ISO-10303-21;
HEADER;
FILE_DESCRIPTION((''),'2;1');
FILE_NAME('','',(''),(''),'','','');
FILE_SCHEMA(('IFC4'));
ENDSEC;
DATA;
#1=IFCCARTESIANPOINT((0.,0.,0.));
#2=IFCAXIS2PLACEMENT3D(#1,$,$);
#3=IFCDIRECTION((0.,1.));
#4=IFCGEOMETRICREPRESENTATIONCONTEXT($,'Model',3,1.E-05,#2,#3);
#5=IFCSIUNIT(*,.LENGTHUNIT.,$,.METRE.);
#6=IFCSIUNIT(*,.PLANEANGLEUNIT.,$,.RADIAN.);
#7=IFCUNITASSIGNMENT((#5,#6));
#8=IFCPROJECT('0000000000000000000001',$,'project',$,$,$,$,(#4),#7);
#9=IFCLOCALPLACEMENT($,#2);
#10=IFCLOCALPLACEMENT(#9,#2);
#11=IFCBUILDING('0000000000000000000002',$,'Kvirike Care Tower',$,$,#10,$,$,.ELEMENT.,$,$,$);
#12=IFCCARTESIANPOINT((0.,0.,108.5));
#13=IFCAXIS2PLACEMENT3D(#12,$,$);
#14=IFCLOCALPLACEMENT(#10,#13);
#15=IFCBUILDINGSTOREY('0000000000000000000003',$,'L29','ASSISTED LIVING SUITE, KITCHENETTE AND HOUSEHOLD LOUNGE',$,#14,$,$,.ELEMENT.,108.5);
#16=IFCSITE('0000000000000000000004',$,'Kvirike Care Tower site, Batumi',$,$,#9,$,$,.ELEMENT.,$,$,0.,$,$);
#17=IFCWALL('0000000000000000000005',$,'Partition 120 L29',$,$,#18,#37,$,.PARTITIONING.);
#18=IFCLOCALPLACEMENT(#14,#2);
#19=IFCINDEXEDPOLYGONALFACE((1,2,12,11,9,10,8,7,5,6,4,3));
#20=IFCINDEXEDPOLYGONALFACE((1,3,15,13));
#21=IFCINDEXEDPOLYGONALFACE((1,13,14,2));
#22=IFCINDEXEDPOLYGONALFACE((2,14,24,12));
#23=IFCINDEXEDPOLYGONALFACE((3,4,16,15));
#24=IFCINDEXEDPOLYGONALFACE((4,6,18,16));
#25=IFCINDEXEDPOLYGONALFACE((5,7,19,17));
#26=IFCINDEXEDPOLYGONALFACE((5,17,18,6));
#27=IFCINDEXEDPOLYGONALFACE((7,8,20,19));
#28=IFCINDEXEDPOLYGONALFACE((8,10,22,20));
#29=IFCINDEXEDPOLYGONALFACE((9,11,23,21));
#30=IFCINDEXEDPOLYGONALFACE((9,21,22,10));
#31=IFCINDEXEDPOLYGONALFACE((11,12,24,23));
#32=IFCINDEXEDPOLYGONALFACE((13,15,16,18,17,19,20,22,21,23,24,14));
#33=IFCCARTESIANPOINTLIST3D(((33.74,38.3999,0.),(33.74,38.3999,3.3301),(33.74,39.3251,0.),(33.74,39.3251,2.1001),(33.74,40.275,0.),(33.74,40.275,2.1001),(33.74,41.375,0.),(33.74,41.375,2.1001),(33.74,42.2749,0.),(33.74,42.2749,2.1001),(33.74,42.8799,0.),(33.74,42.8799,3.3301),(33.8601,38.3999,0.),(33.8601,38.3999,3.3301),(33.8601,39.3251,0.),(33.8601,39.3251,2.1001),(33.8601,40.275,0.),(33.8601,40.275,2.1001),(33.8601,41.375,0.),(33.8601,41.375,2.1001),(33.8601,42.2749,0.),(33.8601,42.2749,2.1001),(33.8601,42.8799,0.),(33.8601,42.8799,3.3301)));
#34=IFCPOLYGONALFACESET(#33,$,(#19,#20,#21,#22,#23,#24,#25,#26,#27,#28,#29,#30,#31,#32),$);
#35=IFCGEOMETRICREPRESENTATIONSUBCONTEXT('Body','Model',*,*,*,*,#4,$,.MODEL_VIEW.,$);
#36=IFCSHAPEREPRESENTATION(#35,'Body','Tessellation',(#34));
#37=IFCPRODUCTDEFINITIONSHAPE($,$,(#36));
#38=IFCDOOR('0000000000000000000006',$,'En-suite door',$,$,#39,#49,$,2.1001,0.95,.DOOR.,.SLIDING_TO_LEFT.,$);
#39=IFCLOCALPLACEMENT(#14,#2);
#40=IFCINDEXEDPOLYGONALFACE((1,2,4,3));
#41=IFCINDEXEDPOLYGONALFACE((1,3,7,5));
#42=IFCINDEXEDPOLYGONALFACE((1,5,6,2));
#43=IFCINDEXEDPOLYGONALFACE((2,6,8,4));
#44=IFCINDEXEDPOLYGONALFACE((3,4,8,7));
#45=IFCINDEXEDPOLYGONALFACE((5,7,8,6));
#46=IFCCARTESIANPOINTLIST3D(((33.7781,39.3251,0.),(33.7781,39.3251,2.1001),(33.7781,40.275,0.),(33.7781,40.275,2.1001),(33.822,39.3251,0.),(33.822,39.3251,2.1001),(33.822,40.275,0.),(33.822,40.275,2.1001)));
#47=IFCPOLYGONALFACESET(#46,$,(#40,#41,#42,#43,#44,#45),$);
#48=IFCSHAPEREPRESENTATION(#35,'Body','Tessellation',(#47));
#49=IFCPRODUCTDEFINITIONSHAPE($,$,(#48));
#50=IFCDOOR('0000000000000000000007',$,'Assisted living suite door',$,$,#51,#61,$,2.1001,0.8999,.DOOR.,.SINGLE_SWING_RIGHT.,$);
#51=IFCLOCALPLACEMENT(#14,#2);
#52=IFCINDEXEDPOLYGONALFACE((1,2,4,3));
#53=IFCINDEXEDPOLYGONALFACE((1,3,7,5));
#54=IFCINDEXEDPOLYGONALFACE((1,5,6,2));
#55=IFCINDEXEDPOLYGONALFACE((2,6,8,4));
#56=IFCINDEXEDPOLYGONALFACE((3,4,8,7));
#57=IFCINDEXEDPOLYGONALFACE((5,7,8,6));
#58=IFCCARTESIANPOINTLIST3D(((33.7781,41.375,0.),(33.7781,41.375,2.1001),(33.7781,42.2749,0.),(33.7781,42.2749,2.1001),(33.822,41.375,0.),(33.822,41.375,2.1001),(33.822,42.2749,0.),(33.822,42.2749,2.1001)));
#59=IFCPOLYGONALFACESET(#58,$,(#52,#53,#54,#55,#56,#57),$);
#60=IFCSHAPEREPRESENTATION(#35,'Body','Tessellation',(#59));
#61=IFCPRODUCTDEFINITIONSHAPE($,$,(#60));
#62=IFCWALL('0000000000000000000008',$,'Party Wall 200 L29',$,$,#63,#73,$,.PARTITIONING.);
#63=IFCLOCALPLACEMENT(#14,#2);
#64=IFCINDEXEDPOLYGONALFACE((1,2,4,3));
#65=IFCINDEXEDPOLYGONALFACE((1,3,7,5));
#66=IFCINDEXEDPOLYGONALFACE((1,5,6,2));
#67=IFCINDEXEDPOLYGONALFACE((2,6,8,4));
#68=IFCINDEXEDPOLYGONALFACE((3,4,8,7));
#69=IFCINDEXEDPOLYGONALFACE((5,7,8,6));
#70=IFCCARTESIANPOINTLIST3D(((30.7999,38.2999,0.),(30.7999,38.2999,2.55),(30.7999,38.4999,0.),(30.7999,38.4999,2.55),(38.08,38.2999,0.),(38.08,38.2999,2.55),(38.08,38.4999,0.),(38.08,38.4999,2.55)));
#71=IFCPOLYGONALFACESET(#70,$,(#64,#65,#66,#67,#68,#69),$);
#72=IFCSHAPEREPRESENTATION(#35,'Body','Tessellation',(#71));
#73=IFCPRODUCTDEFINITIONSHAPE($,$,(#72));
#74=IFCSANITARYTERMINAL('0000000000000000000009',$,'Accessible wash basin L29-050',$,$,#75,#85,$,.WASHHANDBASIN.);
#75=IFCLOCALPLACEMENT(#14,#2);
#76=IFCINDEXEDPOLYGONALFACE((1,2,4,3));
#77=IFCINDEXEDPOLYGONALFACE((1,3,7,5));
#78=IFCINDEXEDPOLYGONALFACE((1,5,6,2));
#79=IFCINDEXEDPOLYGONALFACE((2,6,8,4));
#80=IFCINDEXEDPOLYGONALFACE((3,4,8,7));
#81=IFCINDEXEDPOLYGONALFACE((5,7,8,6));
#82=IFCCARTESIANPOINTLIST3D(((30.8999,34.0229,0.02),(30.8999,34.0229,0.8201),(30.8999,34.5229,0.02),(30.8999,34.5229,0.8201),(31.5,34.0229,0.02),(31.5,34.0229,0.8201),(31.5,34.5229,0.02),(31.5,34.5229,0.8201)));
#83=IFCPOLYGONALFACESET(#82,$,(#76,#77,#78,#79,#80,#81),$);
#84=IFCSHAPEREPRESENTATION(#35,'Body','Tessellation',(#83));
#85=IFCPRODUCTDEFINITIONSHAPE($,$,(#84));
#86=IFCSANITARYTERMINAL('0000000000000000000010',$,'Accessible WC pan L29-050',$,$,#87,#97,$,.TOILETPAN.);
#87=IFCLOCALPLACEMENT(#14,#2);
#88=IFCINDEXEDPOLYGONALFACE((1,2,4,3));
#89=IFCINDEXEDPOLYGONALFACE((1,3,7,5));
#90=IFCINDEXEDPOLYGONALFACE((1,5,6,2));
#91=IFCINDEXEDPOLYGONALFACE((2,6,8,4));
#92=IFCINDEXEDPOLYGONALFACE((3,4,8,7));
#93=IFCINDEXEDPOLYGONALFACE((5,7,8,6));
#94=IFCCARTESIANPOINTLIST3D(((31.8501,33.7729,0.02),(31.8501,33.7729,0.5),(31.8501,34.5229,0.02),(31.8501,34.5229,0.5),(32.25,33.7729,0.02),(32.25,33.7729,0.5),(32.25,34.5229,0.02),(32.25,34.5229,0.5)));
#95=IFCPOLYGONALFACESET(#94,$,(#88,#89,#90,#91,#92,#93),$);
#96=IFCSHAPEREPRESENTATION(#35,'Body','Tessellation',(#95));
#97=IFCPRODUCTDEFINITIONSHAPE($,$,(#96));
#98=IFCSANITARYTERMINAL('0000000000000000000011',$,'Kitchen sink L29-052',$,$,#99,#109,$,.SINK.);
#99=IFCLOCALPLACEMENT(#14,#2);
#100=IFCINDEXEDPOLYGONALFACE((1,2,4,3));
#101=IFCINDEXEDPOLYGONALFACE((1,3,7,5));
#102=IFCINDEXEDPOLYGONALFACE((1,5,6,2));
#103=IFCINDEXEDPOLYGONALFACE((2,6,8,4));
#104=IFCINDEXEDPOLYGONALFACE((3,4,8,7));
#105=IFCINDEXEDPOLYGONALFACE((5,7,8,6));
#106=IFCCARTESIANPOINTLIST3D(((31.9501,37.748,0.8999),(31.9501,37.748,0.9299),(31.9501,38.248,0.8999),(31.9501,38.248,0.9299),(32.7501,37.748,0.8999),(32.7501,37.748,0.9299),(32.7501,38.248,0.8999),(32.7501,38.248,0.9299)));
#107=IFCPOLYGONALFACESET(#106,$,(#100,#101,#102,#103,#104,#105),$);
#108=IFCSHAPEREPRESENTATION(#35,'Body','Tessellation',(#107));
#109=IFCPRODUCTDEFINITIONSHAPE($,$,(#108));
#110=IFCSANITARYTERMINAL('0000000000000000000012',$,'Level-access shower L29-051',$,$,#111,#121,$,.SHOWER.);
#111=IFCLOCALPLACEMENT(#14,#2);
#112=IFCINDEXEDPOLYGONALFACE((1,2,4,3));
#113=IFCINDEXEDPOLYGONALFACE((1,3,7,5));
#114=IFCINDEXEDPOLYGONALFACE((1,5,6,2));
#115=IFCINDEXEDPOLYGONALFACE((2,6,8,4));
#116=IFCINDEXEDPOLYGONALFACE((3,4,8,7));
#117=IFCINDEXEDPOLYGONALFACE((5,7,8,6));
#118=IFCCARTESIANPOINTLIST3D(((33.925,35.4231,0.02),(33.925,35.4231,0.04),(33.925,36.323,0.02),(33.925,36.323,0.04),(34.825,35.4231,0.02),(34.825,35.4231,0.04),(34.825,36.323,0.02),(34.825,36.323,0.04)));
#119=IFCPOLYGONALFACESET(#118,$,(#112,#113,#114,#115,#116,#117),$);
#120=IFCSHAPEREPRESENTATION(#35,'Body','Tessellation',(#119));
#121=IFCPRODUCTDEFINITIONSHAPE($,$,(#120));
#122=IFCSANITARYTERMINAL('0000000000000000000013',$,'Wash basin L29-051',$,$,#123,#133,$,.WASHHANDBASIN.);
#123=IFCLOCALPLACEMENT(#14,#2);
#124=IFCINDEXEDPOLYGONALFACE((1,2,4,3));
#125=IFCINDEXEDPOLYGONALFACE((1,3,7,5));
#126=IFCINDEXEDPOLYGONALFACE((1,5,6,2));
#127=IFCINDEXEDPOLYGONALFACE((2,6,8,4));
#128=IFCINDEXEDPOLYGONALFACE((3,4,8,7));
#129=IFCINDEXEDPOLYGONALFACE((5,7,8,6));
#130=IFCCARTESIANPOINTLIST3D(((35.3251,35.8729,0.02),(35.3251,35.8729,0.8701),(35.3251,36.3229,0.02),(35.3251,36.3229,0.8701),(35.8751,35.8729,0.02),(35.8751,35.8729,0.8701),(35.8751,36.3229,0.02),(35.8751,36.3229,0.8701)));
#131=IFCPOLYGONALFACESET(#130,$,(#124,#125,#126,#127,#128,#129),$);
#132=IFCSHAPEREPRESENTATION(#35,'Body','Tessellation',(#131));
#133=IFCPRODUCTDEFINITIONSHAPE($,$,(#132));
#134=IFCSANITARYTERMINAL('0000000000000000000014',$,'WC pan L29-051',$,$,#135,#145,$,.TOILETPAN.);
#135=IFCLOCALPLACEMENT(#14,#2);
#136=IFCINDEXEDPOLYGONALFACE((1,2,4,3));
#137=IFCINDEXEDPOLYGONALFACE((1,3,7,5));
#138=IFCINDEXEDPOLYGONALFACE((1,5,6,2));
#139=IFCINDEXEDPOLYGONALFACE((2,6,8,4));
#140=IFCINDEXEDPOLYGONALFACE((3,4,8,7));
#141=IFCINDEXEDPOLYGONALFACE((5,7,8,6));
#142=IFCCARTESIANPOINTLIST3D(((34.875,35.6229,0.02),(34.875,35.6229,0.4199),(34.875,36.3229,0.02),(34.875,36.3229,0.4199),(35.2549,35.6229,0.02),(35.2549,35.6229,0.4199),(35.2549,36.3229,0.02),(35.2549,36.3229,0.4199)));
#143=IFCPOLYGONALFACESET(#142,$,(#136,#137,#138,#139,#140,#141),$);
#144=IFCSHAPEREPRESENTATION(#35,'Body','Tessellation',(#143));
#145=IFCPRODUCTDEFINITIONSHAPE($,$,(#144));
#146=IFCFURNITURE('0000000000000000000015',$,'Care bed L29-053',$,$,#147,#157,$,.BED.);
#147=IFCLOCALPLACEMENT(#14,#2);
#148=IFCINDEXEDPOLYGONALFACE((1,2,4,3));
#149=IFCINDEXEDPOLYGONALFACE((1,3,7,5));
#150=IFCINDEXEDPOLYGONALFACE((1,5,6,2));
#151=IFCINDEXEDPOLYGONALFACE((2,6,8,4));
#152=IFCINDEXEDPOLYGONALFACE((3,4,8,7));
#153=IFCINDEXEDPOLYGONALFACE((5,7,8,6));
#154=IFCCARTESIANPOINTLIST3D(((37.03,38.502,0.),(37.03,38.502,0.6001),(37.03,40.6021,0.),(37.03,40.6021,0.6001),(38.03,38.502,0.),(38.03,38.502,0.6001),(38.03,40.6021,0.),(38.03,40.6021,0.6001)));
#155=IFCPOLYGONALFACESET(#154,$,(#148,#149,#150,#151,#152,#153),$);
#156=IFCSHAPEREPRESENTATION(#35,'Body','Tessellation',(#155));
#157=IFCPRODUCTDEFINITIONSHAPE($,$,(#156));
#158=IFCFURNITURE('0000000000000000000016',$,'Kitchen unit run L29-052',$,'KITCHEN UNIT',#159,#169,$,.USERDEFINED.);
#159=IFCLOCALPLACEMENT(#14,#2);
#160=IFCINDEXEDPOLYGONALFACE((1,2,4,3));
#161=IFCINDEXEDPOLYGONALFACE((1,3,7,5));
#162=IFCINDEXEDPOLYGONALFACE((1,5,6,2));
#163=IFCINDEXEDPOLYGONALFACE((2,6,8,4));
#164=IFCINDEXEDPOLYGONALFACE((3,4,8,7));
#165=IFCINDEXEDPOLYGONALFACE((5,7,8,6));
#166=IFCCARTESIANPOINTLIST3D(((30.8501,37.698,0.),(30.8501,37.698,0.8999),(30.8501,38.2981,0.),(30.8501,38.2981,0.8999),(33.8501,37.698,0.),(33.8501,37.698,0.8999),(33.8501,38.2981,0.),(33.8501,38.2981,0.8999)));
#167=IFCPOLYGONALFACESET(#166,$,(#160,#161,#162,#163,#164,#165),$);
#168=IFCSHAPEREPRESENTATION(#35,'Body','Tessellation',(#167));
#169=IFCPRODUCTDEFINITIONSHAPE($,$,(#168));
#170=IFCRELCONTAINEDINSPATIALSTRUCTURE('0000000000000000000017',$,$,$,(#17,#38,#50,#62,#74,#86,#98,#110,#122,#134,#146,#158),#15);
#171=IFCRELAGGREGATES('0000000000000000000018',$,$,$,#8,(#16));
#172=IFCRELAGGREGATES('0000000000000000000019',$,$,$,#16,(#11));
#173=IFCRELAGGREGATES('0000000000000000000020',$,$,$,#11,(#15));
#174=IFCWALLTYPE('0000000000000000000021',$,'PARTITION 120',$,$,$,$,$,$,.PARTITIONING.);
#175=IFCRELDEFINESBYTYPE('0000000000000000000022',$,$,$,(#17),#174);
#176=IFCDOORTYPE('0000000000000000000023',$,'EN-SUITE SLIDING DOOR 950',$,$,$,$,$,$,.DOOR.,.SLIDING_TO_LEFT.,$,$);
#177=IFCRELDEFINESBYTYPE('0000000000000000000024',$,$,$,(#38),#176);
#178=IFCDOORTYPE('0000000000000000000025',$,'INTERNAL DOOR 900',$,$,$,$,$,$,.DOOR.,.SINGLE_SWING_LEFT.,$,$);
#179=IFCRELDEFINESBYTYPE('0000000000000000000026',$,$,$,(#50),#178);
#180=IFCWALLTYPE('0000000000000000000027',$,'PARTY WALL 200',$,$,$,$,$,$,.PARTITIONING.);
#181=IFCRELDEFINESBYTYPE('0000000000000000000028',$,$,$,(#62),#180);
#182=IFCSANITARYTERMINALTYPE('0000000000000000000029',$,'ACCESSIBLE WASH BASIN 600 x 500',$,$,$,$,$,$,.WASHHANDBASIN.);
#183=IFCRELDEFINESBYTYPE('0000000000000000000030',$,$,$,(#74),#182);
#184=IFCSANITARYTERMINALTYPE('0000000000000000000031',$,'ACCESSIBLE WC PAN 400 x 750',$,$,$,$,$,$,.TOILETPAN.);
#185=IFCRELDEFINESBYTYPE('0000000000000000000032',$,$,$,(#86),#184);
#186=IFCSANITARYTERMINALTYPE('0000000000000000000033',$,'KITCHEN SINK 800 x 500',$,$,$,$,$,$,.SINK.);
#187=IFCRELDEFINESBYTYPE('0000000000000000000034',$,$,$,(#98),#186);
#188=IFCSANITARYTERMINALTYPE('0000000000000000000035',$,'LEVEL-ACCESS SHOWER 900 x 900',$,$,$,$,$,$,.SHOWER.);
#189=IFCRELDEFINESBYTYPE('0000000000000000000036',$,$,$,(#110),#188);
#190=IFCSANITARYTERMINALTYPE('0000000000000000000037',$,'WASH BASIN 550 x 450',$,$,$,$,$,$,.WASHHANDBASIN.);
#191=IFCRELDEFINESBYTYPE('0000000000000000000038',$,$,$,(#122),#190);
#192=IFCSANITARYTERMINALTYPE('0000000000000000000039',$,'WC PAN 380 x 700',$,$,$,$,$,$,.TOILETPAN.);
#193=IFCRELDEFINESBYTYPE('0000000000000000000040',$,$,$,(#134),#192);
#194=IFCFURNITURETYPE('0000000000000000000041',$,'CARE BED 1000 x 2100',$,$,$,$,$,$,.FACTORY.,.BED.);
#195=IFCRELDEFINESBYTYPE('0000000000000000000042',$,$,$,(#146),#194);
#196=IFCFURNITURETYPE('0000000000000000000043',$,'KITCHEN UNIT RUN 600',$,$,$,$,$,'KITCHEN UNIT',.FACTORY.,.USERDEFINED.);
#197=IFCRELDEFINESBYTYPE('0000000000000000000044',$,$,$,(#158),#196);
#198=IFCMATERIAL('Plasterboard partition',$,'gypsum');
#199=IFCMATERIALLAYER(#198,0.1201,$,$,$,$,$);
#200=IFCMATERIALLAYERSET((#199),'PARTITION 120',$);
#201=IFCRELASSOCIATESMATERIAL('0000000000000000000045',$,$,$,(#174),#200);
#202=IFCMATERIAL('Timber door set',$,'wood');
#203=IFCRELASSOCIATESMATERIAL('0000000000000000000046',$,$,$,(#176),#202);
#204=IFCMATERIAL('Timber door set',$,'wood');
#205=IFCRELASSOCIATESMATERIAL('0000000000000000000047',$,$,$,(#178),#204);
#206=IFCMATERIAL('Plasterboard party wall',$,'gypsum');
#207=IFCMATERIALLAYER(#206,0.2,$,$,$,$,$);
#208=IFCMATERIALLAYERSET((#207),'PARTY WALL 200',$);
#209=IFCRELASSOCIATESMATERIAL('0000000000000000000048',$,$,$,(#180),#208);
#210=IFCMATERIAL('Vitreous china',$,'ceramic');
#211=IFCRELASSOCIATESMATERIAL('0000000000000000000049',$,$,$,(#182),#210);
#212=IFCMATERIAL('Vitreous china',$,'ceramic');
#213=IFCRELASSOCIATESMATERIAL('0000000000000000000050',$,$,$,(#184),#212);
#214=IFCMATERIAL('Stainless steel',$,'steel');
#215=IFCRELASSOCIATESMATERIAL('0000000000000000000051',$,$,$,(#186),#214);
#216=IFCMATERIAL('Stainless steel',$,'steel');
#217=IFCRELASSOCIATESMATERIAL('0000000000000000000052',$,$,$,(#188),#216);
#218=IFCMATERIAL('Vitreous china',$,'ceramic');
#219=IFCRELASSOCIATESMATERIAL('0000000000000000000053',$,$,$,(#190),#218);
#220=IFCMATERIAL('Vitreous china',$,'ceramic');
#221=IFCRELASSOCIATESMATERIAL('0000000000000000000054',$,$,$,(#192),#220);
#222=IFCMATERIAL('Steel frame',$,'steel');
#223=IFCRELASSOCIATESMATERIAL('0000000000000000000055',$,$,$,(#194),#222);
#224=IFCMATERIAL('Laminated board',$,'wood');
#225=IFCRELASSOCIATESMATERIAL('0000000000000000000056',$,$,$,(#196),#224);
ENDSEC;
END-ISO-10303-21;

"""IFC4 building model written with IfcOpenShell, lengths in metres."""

from ifc_helpers import new_model, si_unit, direction, frame, frame_2d, origin, origin_2d, place, context, subcontext, project, spatial, rectangle, extrude, material, layer, layer_set, type_object, element, fill, save


model = new_model("IFC4")

# Units and contexts
model_context = context("Model", 3, precision=1e-05, world=origin(), true_north=direction((0.0, 1.0)))
body_context = subcontext(model_context, "Body", "Model", "MODEL_VIEW")
ifc_project = project(units=[si_unit("LENGTHUNIT", "METRE"), si_unit("PLANEANGLEUNIT", "RADIAN")], contexts=[model_context])

# Site, building, storey
site_placement = place(None, origin())
site = spatial("IfcSite", under=ifc_project, at=site_placement, Name="Kvirike Care Tower site, Batumi", CompositionType="ELEMENT", RefElevation=0.0)
building_placement = place(site_placement, origin())
building = spatial("IfcBuilding", under=site, at=building_placement, Name="Kvirike Care Tower", CompositionType="ELEMENT")
storey_placement = place(building_placement, frame((0.0, 0.0, 108.5)))
storey = spatial("IfcBuildingStorey", under=building, at=storey_placement, Name="L29", Description="ASSISTED LIVING SUITE, KITCHENETTE AND HOUSEHOLD LOUNGE", CompositionType="ELEMENT", Elevation=108.5)

# Wall, openings, doors
ifc_material_1 = material(Name="Plasterboard partition", Category="gypsum")
ifc_layer_1 = layer(ifc_material_1, 0.1201)
ifc_layer_set_1 = layer_set([ifc_layer_1], Name="PARTITION 120")
wall_type_1 = type_object("IfcWallType", Name="PARTITION 120", PredefinedType="PARTITIONING", material=ifc_layer_set_1)
ifc_material_2 = material(Name="Timber door set", Category="wood")
door_type_1 = type_object("IfcDoorType", Name="EN-SUITE SLIDING DOOR 950", OperationType="SLIDING_TO_LEFT", PredefinedType="DOOR", material=ifc_material_2)
ifc_material_3 = material(Name="Timber door set", Category="wood")
door_type_2 = type_object("IfcDoorType", Name="INTERNAL DOOR 900", OperationType="SINGLE_SWING_LEFT", PredefinedType="DOOR", material=ifc_material_3)
wall_1_placement = place(storey_placement, frame((33.8, 38.3999, 0.0), z_axis=(0.0, 0.0, 1.0), x_axis=(0.0, 1.0, 0.0)))
wall_1 = element("IfcWall", 1, at=wall_1_placement, inside=storey, type_object=wall_type_1, Name="Partition 120 L29", PredefinedType="PARTITIONING", context=body_context, shape_type="SweptSolid", body=[
    extrude(rectangle(XDim=4.48, YDim=0.1201, at=frame_2d((2.24, 0.0))), origin(), (0.0, 0.0, 1.0), 3.3301),
])
opening_1_placement = place(wall_1_placement, frame((2.9751, 0.0, 0.0)))
opening_1 = element("IfcOpeningElement", 2, at=opening_1_placement, cuts=wall_1, PredefinedType="OPENING", context=body_context, shape_type="SweptSolid", body=[
    extrude(rectangle(XDim=0.8999, YDim=2.1001, at=frame_2d((0.45, 1.05))), frame((0.0, 0.0706, 0.0), z_axis=(0.0, -1.0, 0.0), x_axis=(1.0, 0.0, 0.0)), (0.0, 0.0, 1.0), 0.1411),
])
opening_2_placement = place(wall_1_placement, frame((0.925, 0.0, 0.0)))
opening_2 = element("IfcOpeningElement", 3, at=opening_2_placement, cuts=wall_1, PredefinedType="OPENING", context=body_context, shape_type="SweptSolid", body=[
    extrude(rectangle(XDim=0.95, YDim=2.1001, at=frame_2d((0.4751, 1.05))), frame((0.0, 0.0706, 0.0), z_axis=(0.0, -1.0, 0.0), x_axis=(1.0, 0.0, 0.0)), (0.0, 0.0, 1.0), 0.1411),
])
door_1_placement = place(opening_2_placement, origin())
door_1 = element("IfcDoor", 4, at=door_1_placement, inside=storey, type_object=door_type_1, Name="En-suite door", OperationType="SLIDING_TO_LEFT", OverallHeight=2.1001, OverallWidth=0.95, PredefinedType="DOOR", context=body_context, shape_type="SweptSolid", body=[
    extrude(rectangle(XDim=0.95, YDim=2.1001, at=frame_2d((0.4751, 1.05))), frame((0.0, 0.022, 0.0), z_axis=(0.0, -1.0, 0.0), x_axis=(1.0, 0.0, 0.0)), (0.0, 0.0, 1.0), 0.0439),
])
fill(opening_2, door_1)
door_2_placement = place(opening_1_placement, origin())
door_2 = element("IfcDoor", 5, at=door_2_placement, inside=storey, type_object=door_type_2, Name="Assisted living suite door", OperationType="SINGLE_SWING_RIGHT", OverallHeight=2.1001, OverallWidth=0.8999, PredefinedType="DOOR", context=body_context, shape_type="SweptSolid", body=[
    extrude(rectangle(XDim=0.8999, YDim=2.1001, at=frame_2d((0.45, 1.05))), frame((0.0, 0.022, 0.0), z_axis=(0.0, -1.0, 0.0), x_axis=(1.0, 0.0, 0.0)), (0.0, 0.0, 1.0), 0.0439),
])
fill(opening_1, door_2)

# Wall
ifc_material_4 = material(Name="Plasterboard party wall", Category="gypsum")
ifc_layer_2 = layer(ifc_material_4, 0.2)
ifc_layer_set_2 = layer_set([ifc_layer_2], Name="PARTY WALL 200")
wall_type_2 = type_object("IfcWallType", Name="PARTY WALL 200", PredefinedType="PARTITIONING", material=ifc_layer_set_2)
wall_2_placement = place(storey_placement, frame((38.0801, 38.3999, 0.0), z_axis=(0.0, 0.0, 1.0), x_axis=(-1.0, 0.0, 0.0)))
element("IfcWall", 6, at=wall_2_placement, inside=storey, type_object=wall_type_2, Name="Party Wall 200 L29", PredefinedType="PARTITIONING", context=body_context, shape_type="SweptSolid", body=[
    extrude(rectangle(XDim=7.28, YDim=0.2, at=frame_2d((3.6401, 0.0))), origin(), (0.0, 0.0, 1.0), 2.55),
])

# Sanitary terminals
ifc_material_5 = material(Name="Vitreous china", Category="ceramic")
sanitary_terminal_type_1 = type_object("IfcSanitaryTerminalType", Name="ACCESSIBLE WASH BASIN 600 x 500", PredefinedType="WASHHANDBASIN", material=ifc_material_5)
sanitary_terminal_1_placement = place(storey_placement, frame((31.2, 34.2729, 0.02), z_axis=(0.0, 0.0, 1.0), x_axis=(1.0, 0.0, 0.0)))
element("IfcSanitaryTerminal", 7, at=sanitary_terminal_1_placement, inside=storey, type_object=sanitary_terminal_type_1, Name="Accessible wash basin L29-050", PredefinedType="WASHHANDBASIN", context=body_context, shape_type="SweptSolid", body=[
    extrude(rectangle(XDim=0.6001, YDim=0.5, at=origin_2d()), origin(), (0.0, 0.0, 1.0), 0.8),
])
ifc_material_6 = material(Name="Vitreous china", Category="ceramic")
sanitary_terminal_type_2 = type_object("IfcSanitaryTerminalType", Name="ACCESSIBLE WC PAN 400 x 750", PredefinedType="TOILETPAN", material=ifc_material_6)
sanitary_terminal_2_placement = place(storey_placement, frame((32.05, 34.1479, 0.02), z_axis=(0.0, 0.0, 1.0), x_axis=(1.0, 0.0, 0.0)))
element("IfcSanitaryTerminal", 8, at=sanitary_terminal_2_placement, inside=storey, type_object=sanitary_terminal_type_2, Name="Accessible WC pan L29-050", PredefinedType="TOILETPAN", context=body_context, shape_type="SweptSolid", body=[
    extrude(rectangle(XDim=0.3999, YDim=0.75, at=origin_2d()), origin(), (0.0, 0.0, 1.0), 0.48),
])
ifc_material_7 = material(Name="Stainless steel", Category="steel")
sanitary_terminal_type_3 = type_object("IfcSanitaryTerminalType", Name="KITCHEN SINK 800 x 500", PredefinedType="SINK", material=ifc_material_7)
sanitary_terminal_3_placement = place(storey_placement, frame((32.3501, 37.998, 0.8999), z_axis=(0.0, 0.0, 1.0), x_axis=(1.0, 0.0, 0.0)))
element("IfcSanitaryTerminal", 9, at=sanitary_terminal_3_placement, inside=storey, type_object=sanitary_terminal_type_3, Name="Kitchen sink L29-052", PredefinedType="SINK", context=body_context, shape_type="SweptSolid", body=[
    extrude(rectangle(XDim=0.8, YDim=0.5, at=origin_2d()), origin(), (0.0, 0.0, 1.0), 0.03),
])
ifc_material_8 = material(Name="Stainless steel", Category="steel")
sanitary_terminal_type_4 = type_object("IfcSanitaryTerminalType", Name="LEVEL-ACCESS SHOWER 900 x 900", PredefinedType="SHOWER", material=ifc_material_8)
sanitary_terminal_4_placement = place(storey_placement, frame((34.375, 35.873, 0.02), z_axis=(0.0, 0.0, 1.0), x_axis=(1.0, 0.0, 0.0)))
element("IfcSanitaryTerminal", 10, at=sanitary_terminal_4_placement, inside=storey, type_object=sanitary_terminal_type_4, Name="Level-access shower L29-051", PredefinedType="SHOWER", context=body_context, shape_type="SweptSolid", body=[
    extrude(rectangle(XDim=0.8999, YDim=0.8999, at=origin_2d()), origin(), (0.0, 0.0, 1.0), 0.02),
])
ifc_material_9 = material(Name="Vitreous china", Category="ceramic")
sanitary_terminal_type_5 = type_object("IfcSanitaryTerminalType", Name="WASH BASIN 550 x 450", PredefinedType="WASHHANDBASIN", material=ifc_material_9)
sanitary_terminal_5_placement = place(storey_placement, frame((35.6001, 36.0979, 0.02), z_axis=(0.0, 0.0, 1.0), x_axis=(1.0, 0.0, 0.0)))
element("IfcSanitaryTerminal", 11, at=sanitary_terminal_5_placement, inside=storey, type_object=sanitary_terminal_type_5, Name="Wash basin L29-051", PredefinedType="WASHHANDBASIN", context=body_context, shape_type="SweptSolid", body=[
    extrude(rectangle(XDim=0.55, YDim=0.45, at=origin_2d()), origin(), (0.0, 0.0, 1.0), 0.8501),
])
ifc_material_10 = material(Name="Vitreous china", Category="ceramic")
sanitary_terminal_type_6 = type_object("IfcSanitaryTerminalType", Name="WC PAN 380 x 700", PredefinedType="TOILETPAN", material=ifc_material_10)
sanitary_terminal_6_placement = place(storey_placement, frame((35.0649, 35.9729, 0.02), z_axis=(0.0, 0.0, 1.0), x_axis=(1.0, 0.0, 0.0)))
element("IfcSanitaryTerminal", 12, at=sanitary_terminal_6_placement, inside=storey, type_object=sanitary_terminal_type_6, Name="WC pan L29-051", PredefinedType="TOILETPAN", context=body_context, shape_type="SweptSolid", body=[
    extrude(rectangle(XDim=0.3799, YDim=0.7, at=origin_2d()), origin(), (0.0, 0.0, 1.0), 0.3999),
])

# Furniture
ifc_material_11 = material(Name="Steel frame", Category="steel")
furniture_type_1 = type_object("IfcFurnitureType", Name="CARE BED 1000 x 2100", AssemblyPlace="FACTORY", PredefinedType="BED", material=ifc_material_11)
furniture_1_placement = place(storey_placement, frame((37.53, 39.552, 0.0), z_axis=(0.0, 0.0, 1.0), x_axis=(-1.0, 0.0, 0.0)))
element("IfcFurniture", 13, at=furniture_1_placement, inside=storey, type_object=furniture_type_1, Name="Care bed L29-053", PredefinedType="BED", context=body_context, shape_type="SweptSolid", body=[
    extrude(rectangle(XDim=1.0, YDim=2.1001, at=origin_2d()), origin(), (0.0, 0.0, 1.0), 0.6001),
])
ifc_material_12 = material(Name="Laminated board", Category="wood")
furniture_type_2 = type_object("IfcFurnitureType", Name="KITCHEN UNIT RUN 600", ElementType="KITCHEN UNIT", AssemblyPlace="FACTORY", PredefinedType="USERDEFINED", material=ifc_material_12)
furniture_2_placement = place(storey_placement, frame((32.3501, 37.998, 0.0), z_axis=(0.0, 0.0, 1.0), x_axis=(1.0, 0.0, 0.0)))
element("IfcFurniture", 14, at=furniture_2_placement, inside=storey, type_object=furniture_type_2, Name="Kitchen unit run L29-052", ObjectType="KITCHEN UNIT", PredefinedType="USERDEFINED", context=body_context, shape_type="SweptSolid", body=[
    extrude(rectangle(XDim=3.0, YDim=0.6001, at=origin_2d()), origin(), (0.0, 0.0, 1.0), 0.8999),
])

save(model, "model.ifc")
